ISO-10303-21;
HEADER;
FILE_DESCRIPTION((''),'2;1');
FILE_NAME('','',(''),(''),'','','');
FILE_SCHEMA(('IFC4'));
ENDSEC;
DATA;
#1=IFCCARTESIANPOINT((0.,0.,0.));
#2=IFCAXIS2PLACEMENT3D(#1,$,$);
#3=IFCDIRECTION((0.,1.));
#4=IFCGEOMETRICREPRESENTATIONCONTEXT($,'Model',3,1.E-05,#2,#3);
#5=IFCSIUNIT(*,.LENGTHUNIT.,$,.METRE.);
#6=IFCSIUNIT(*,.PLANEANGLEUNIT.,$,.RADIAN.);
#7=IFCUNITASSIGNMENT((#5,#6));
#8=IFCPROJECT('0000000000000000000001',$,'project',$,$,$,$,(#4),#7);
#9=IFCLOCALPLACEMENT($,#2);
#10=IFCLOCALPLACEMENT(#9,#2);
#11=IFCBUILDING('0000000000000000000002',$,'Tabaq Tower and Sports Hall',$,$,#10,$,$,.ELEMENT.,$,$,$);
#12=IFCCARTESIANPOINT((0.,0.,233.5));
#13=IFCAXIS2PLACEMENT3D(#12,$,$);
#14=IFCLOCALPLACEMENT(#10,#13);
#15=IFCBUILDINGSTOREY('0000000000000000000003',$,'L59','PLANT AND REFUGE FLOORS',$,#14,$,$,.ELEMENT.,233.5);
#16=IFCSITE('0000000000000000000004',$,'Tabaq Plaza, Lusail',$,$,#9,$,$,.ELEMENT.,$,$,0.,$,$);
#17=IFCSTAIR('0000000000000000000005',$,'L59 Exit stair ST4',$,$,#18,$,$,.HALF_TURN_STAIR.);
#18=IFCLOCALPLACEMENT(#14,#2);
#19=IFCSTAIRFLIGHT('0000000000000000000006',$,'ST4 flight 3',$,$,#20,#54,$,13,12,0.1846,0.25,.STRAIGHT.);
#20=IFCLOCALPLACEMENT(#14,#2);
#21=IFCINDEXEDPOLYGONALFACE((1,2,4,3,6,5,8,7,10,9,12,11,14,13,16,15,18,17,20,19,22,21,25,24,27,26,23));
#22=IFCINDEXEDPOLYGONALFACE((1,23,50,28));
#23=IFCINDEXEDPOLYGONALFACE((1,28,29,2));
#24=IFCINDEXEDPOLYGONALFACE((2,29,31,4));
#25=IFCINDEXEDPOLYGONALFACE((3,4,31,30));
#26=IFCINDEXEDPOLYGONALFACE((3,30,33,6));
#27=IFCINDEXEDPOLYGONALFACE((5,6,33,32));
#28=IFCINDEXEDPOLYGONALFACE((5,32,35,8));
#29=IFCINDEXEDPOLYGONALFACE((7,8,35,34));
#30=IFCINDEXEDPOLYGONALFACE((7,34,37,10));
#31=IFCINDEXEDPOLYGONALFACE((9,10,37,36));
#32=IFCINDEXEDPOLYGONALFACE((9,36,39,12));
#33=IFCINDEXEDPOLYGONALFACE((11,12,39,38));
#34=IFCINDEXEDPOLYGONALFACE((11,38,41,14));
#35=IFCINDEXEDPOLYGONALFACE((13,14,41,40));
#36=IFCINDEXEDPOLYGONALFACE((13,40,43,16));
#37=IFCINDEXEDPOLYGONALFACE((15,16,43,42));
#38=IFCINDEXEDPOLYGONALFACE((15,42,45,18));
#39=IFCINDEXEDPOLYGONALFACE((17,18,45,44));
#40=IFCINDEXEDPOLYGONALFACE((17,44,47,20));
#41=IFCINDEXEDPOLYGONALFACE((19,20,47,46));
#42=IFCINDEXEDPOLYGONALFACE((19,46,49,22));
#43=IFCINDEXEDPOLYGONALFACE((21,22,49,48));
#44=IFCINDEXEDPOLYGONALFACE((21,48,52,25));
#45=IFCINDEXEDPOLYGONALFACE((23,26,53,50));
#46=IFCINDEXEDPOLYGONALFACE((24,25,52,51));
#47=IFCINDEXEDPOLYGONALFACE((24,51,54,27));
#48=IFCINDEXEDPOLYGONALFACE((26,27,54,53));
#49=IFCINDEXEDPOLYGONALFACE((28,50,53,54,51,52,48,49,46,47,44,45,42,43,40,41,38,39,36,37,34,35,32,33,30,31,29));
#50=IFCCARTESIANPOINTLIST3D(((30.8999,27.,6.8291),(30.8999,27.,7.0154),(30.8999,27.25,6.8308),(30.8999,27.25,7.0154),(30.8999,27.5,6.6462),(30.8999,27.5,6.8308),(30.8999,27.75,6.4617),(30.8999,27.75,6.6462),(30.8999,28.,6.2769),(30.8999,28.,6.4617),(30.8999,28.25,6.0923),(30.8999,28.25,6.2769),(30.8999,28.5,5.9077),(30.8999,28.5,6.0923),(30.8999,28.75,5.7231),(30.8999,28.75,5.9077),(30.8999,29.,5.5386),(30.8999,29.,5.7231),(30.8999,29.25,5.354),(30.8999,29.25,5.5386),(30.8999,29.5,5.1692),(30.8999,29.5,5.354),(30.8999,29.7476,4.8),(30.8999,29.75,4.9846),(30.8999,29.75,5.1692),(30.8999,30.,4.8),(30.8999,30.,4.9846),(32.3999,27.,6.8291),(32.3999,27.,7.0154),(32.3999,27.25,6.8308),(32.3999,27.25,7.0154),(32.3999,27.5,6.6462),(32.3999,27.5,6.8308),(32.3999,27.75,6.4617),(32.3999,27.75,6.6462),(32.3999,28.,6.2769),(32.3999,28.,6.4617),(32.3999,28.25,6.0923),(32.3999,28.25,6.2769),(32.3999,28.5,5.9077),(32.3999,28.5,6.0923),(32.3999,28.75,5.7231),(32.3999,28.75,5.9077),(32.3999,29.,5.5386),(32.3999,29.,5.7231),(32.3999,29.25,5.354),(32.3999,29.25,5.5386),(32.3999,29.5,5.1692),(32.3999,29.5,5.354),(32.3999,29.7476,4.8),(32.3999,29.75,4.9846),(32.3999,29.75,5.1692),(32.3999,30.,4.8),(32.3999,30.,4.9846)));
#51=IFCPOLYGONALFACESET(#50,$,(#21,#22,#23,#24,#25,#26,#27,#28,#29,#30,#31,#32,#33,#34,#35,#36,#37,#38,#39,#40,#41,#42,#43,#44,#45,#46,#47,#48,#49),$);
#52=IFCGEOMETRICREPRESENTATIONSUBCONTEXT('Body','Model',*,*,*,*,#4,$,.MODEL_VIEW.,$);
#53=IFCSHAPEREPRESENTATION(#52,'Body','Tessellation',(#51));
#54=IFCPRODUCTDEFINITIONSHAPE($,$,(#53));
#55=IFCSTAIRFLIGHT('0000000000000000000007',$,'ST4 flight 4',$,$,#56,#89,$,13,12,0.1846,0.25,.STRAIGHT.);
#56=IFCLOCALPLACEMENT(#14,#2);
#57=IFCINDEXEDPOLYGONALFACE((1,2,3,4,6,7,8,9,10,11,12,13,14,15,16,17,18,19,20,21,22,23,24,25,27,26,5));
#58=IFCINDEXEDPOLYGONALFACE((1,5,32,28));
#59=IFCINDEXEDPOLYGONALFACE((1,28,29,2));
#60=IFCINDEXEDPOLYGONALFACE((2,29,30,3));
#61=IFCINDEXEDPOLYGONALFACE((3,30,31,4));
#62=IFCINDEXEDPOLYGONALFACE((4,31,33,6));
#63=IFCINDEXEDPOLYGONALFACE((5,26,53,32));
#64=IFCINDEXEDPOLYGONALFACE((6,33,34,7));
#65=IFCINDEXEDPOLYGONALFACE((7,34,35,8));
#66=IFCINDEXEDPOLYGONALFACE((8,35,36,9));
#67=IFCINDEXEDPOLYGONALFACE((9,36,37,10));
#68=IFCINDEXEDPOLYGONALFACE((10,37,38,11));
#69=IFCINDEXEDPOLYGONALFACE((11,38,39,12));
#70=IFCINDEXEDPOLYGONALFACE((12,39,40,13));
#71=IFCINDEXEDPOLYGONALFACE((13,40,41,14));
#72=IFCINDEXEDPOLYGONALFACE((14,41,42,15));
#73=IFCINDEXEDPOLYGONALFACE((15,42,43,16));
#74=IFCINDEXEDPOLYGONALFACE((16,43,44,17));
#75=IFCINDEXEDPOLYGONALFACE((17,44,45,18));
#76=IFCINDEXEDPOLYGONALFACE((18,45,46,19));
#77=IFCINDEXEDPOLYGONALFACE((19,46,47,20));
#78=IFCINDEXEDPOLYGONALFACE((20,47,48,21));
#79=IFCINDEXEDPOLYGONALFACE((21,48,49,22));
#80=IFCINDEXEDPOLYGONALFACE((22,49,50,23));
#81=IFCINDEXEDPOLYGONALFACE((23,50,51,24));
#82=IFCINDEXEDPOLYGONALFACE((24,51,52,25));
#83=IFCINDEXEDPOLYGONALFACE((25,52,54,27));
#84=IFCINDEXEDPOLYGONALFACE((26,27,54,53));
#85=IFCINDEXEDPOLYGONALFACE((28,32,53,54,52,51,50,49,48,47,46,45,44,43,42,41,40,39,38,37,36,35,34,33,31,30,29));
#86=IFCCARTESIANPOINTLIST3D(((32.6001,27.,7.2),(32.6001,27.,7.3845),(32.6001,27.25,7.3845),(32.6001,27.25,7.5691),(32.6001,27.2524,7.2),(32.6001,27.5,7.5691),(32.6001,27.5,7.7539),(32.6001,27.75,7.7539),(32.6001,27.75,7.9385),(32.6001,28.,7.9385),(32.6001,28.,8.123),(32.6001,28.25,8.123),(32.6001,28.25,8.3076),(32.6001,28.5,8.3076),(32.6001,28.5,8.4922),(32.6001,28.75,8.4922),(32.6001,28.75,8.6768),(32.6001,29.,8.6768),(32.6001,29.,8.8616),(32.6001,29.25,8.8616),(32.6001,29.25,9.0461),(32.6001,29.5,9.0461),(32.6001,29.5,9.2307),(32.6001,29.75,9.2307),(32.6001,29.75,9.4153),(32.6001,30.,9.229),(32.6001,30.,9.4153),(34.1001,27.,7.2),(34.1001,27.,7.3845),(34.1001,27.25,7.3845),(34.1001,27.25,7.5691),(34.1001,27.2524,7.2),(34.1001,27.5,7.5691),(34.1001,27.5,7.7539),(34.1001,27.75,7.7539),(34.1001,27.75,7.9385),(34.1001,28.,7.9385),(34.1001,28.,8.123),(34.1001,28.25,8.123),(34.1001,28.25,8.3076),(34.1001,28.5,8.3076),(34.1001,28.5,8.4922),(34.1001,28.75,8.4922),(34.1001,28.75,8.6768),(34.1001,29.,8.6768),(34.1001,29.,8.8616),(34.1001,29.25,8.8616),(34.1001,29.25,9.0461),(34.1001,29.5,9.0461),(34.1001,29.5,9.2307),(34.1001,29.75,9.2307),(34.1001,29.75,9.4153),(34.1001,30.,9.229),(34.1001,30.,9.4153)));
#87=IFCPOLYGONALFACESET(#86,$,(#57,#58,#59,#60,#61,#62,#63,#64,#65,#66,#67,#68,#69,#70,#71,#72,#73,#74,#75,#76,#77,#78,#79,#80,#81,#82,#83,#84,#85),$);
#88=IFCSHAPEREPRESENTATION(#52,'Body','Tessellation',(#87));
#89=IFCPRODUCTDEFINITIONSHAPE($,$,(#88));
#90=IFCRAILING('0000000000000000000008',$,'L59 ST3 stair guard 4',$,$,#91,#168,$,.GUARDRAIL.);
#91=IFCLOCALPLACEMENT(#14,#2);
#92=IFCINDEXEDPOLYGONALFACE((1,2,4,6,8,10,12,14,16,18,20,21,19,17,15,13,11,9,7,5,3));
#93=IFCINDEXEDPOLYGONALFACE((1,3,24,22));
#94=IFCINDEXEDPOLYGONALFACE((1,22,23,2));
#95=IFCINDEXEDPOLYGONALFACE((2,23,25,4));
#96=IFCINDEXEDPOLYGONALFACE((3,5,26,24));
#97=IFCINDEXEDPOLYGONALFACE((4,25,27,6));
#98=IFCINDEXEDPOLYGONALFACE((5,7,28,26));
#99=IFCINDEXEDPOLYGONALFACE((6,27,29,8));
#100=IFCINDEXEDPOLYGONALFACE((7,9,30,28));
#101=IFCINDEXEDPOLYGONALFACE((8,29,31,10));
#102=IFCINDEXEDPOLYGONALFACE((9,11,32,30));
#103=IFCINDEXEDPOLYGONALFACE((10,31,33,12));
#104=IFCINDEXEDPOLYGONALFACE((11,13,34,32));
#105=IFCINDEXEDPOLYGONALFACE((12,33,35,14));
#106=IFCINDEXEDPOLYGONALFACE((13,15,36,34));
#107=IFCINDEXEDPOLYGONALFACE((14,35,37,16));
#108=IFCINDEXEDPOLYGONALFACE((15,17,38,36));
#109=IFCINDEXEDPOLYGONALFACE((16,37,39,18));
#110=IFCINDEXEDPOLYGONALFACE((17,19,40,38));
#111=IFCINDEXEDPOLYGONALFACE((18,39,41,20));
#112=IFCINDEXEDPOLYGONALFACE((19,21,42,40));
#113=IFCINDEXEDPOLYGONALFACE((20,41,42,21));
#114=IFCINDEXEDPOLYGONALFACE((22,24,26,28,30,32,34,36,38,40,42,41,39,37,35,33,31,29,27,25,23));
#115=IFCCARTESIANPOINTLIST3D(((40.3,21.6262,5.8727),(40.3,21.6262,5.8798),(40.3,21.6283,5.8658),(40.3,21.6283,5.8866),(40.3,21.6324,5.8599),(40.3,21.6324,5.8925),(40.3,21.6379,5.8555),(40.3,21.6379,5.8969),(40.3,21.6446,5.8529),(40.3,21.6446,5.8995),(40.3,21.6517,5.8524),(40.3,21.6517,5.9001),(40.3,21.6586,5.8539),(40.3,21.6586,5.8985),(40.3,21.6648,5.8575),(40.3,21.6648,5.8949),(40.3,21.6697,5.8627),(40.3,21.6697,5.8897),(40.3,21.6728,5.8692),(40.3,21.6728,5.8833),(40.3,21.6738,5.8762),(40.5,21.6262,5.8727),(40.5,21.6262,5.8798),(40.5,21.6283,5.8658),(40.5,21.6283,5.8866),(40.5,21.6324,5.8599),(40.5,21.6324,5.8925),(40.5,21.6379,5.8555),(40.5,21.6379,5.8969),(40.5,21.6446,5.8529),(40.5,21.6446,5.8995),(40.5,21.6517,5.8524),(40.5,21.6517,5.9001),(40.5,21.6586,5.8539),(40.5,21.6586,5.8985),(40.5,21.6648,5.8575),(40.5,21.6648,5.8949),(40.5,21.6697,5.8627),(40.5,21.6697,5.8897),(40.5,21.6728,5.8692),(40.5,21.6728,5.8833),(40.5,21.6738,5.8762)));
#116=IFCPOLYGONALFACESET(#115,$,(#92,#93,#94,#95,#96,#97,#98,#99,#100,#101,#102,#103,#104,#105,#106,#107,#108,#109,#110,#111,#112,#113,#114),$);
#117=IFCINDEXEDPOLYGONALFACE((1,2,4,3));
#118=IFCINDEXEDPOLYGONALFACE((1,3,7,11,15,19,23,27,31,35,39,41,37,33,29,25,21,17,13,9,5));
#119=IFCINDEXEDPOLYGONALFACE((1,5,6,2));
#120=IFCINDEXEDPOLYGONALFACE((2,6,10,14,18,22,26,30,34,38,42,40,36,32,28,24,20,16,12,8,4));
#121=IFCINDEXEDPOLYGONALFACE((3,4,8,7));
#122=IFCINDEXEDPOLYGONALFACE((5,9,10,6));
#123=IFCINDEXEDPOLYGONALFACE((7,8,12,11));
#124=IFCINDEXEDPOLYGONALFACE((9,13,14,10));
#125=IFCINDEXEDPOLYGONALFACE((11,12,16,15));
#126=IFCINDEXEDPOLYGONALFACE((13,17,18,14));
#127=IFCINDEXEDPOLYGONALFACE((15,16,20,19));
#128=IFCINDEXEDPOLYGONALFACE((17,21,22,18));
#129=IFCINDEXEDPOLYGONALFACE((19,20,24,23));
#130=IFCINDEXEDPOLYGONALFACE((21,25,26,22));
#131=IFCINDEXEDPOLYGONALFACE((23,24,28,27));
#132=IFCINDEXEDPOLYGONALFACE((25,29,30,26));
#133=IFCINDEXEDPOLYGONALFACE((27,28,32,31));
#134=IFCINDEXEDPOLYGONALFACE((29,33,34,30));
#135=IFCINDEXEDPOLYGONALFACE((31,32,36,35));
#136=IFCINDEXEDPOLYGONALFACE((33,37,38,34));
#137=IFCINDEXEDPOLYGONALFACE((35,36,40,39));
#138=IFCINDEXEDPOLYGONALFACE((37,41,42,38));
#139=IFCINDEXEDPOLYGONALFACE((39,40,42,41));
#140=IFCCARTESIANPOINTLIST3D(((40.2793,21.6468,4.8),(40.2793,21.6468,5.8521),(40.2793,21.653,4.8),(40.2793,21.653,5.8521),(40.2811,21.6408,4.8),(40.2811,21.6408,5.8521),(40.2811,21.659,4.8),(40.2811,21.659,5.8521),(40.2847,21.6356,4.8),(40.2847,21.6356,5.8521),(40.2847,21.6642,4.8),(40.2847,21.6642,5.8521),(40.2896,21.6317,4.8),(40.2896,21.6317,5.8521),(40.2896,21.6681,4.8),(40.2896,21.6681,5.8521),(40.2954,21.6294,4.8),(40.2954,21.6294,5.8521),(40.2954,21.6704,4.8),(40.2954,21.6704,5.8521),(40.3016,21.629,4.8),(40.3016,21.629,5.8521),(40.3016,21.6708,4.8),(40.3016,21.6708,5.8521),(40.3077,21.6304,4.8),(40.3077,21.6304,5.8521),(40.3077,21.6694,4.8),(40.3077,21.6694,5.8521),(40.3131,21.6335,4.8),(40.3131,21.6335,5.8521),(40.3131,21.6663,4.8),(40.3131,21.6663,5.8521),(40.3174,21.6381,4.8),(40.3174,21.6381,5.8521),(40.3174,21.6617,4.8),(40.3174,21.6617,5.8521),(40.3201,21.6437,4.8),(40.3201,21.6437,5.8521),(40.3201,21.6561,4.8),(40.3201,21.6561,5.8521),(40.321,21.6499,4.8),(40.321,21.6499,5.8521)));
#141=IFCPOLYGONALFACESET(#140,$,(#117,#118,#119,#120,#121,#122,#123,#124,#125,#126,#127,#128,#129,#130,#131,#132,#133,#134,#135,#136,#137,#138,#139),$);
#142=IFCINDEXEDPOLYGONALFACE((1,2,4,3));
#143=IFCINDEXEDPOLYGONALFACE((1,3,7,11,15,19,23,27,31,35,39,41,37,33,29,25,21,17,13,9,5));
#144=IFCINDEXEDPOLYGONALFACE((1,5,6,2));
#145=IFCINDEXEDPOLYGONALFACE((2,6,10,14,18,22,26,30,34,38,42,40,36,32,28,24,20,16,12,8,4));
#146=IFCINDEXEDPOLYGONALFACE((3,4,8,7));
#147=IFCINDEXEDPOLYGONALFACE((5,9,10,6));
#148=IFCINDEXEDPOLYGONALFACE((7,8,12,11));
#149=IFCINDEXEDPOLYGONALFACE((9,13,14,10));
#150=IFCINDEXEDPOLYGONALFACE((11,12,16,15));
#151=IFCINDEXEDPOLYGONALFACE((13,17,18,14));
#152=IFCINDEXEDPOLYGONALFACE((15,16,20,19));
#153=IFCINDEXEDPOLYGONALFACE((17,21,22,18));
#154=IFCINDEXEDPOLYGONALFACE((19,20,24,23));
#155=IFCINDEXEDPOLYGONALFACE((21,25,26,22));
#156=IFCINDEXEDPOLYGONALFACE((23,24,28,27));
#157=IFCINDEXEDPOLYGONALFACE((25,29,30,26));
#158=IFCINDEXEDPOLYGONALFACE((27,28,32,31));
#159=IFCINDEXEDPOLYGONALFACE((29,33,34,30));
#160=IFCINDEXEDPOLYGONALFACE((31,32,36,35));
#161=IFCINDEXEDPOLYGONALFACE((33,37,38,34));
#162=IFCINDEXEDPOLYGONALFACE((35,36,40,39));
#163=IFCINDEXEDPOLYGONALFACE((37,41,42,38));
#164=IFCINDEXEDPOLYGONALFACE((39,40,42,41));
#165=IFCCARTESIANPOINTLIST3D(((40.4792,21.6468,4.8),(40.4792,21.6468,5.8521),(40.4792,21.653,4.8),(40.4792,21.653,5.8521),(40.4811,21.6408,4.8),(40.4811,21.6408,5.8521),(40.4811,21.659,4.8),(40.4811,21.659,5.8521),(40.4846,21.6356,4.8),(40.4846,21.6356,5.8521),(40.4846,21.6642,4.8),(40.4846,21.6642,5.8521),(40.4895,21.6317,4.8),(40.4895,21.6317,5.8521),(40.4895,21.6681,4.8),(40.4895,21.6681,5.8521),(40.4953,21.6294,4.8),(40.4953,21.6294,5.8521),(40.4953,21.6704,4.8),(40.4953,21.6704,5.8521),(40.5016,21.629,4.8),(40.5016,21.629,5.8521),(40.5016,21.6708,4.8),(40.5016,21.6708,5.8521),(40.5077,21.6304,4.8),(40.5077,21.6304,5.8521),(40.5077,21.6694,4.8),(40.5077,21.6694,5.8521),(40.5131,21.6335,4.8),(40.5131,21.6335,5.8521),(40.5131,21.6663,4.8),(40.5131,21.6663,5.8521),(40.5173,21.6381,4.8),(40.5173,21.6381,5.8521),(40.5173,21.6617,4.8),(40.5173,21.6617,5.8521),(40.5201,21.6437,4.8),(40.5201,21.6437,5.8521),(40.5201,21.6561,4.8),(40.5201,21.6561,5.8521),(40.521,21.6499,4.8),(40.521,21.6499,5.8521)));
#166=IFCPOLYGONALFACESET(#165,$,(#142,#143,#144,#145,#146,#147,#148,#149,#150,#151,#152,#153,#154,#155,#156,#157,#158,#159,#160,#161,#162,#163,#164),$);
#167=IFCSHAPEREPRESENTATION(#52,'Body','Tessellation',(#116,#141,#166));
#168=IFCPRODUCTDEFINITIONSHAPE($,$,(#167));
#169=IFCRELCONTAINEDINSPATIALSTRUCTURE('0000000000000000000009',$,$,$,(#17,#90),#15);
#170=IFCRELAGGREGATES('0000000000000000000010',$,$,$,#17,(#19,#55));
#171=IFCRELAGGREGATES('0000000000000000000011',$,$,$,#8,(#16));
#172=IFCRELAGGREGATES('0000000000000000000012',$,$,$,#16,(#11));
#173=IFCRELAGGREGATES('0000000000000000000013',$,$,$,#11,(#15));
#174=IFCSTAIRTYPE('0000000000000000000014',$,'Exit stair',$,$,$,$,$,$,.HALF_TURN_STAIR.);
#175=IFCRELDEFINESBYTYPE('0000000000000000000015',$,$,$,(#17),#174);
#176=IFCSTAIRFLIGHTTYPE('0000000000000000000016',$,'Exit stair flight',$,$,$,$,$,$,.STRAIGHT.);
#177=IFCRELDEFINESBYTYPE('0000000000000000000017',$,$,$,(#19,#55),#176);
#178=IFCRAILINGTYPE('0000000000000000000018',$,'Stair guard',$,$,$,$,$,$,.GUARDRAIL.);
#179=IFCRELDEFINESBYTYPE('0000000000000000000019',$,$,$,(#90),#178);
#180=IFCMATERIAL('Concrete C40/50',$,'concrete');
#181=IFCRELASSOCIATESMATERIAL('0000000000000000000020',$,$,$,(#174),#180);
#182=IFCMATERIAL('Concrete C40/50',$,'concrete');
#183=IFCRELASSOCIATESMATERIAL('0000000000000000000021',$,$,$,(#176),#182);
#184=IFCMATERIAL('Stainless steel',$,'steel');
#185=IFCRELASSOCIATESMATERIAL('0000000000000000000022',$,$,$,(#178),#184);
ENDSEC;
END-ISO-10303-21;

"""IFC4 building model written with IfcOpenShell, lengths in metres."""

from ifc_helpers import new_model, si_unit, direction, frame, origin, origin_2d, place, context, subcontext, project, spatial, polyline, circle, outline, extrude, material, type_object, element, aggregate, save


model = new_model("IFC4")

# Units and contexts
model_context = context("Model", 3, precision=1e-05, world=origin(), true_north=direction((0.0, 1.0)))
body_context = subcontext(model_context, "Body", "Model", "MODEL_VIEW")
ifc_project = project(units=[si_unit("LENGTHUNIT", "METRE"), si_unit("PLANEANGLEUNIT", "RADIAN")], contexts=[model_context])

# Site, building, storey
site_placement = place(None, origin())
site = spatial("IfcSite", under=ifc_project, at=site_placement, Name="Tabaq Plaza, Lusail", CompositionType="ELEMENT", RefElevation=0.0)
building_placement = place(site_placement, origin())
building = spatial("IfcBuilding", under=site, at=building_placement, Name="Tabaq Tower and Sports Hall", CompositionType="ELEMENT")
storey_placement = place(building_placement, frame((0.0, 0.0, 233.5)))
storey = spatial("IfcBuildingStorey", under=building, at=storey_placement, Name="L59", Description="PLANT AND REFUGE FLOORS", CompositionType="ELEMENT", Elevation=233.5)

# Stair, stair flights
ifc_material_1 = material(Name="Concrete C40/50", Category="concrete")
stair_type = type_object("IfcStairType", Name="Exit stair", PredefinedType="HALF_TURN_STAIR", material=ifc_material_1)
ifc_material_2 = material(Name="Concrete C40/50", Category="concrete")
stair_flight_type = type_object("IfcStairFlightType", Name="Exit stair flight", PredefinedType="STRAIGHT", material=ifc_material_2)
stair_1_placement = place(storey_placement, origin())
stair_1 = element("IfcStair", 1, at=stair_1_placement, inside=storey, type_object=stair_type, Name="L59 Exit stair ST4", PredefinedType="HALF_TURN_STAIR")
stair_flight_1_placement = place(storey_placement, frame((31.6499, 30.0, 4.8), z_axis=(0.0, 0.0, 1.0), x_axis=(0.0, -1.0, 0.0)))
stair_flight_1 = element("IfcStairFlight", 2, at=stair_flight_1_placement, type_object=stair_flight_type, Name="ST4 flight 3", NumberOfRisers=13, NumberOfTreads=12, PredefinedType="STRAIGHT", RiserHeight=0.1846, TreadLength=0.25, context=body_context, shape_type="SweptSolid", body=[
    extrude(outline(polyline([(0.0, 0.0), (0.0, 0.1846), (0.25, 0.1846), (0.25, 0.3691), (0.5, 0.3691), (0.5, 0.554), (0.75, 0.554), (0.75, 0.7385), (1.0, 0.7385), (1.0, 0.9231), (1.25, 0.9231), (1.25, 1.1077), (1.5, 1.1077), (1.5, 1.2922), (1.75, 1.2922), (1.75, 1.4768), (2.0, 1.4768), (2.0, 1.6616), (2.25, 1.6616), (2.25, 1.8462), (2.5, 1.8462), (2.5, 2.0308), (2.75, 2.0308), (2.75, 2.2153), (3.0, 2.2153), (3.0, 2.3999), (3.0, 2.0291), (0.2524, 0.0), (0.0, 0.0)])), frame((0.0, 0.75, 0.0), z_axis=(0.0, -1.0, 0.0), x_axis=(1.0, 0.0, 0.0)), (0.0, 0.0, 1.0), 1.5),
])
stair_flight_2_placement = place(storey_placement, frame((33.3501, 27.0, 7.2), z_axis=(0.0, 0.0, 1.0), x_axis=(0.0, 1.0, 0.0)))
stair_flight_2 = element("IfcStairFlight", 3, at=stair_flight_2_placement, type_object=stair_flight_type, Name="ST4 flight 4", NumberOfRisers=13, NumberOfTreads=12, PredefinedType="STRAIGHT", RiserHeight=0.1846, TreadLength=0.25, context=body_context, shape_type="SweptSolid", body=[
    extrude(outline(polyline([(0.0, 0.0), (0.0, 0.1846), (0.25, 0.1846), (0.25, 0.3691), (0.5, 0.3691), (0.5, 0.554), (0.75, 0.554), (0.75, 0.7385), (1.0, 0.7385), (1.0, 0.9231), (1.25, 0.9231), (1.25, 1.1077), (1.5, 1.1077), (1.5, 1.2922), (1.75, 1.2922), (1.75, 1.4768), (2.0, 1.4768), (2.0, 1.6616), (2.25, 1.6616), (2.25, 1.8462), (2.5, 1.8462), (2.5, 2.0308), (2.75, 2.0308), (2.75, 2.2153), (3.0, 2.2153), (3.0, 2.3999), (3.0, 2.0291), (0.2524, 0.0), (0.0, 0.0)])), frame((0.0, 0.75, 0.0), z_axis=(0.0, -1.0, 0.0), x_axis=(1.0, 0.0, 0.0)), (0.0, 0.0, 1.0), 1.5),
])
aggregate(stair_1, [stair_flight_1, stair_flight_2])

# Railing
ifc_material_3 = material(Name="Stainless steel", Category="steel")
railing_type_1 = type_object("IfcRailingType", Name="Stair guard", PredefinedType="GUARDRAIL", material=ifc_material_3)
railing_1_placement = place(storey_placement, frame((40.3, 21.6499, 4.8)))
element("IfcRailing", 4, at=railing_1_placement, inside=storey, type_object=railing_type_1, Name="L59 ST3 stair guard 4", PredefinedType="GUARDRAIL", context=body_context, shape_type="SweptSolid", body=[
    extrude(circle(Radius=0.0239, at=origin_2d()), frame((0.0, 0.0, 1.0762), z_axis=(1.0, 0.0, 0.0), x_axis=(0.0, 1.0, 0.0)), (0.0, 0.0, 1.0), 0.2),
    extrude(circle(Radius=0.021, at=origin_2d()), origin(), (0.0, 0.0, 1.0), 1.052),
    extrude(circle(Radius=0.021, at=origin_2d()), frame((0.2, 0.0, 0.0)), (0.0, 0.0, 1.0), 1.052),
])

save(model, "model.ifc")
